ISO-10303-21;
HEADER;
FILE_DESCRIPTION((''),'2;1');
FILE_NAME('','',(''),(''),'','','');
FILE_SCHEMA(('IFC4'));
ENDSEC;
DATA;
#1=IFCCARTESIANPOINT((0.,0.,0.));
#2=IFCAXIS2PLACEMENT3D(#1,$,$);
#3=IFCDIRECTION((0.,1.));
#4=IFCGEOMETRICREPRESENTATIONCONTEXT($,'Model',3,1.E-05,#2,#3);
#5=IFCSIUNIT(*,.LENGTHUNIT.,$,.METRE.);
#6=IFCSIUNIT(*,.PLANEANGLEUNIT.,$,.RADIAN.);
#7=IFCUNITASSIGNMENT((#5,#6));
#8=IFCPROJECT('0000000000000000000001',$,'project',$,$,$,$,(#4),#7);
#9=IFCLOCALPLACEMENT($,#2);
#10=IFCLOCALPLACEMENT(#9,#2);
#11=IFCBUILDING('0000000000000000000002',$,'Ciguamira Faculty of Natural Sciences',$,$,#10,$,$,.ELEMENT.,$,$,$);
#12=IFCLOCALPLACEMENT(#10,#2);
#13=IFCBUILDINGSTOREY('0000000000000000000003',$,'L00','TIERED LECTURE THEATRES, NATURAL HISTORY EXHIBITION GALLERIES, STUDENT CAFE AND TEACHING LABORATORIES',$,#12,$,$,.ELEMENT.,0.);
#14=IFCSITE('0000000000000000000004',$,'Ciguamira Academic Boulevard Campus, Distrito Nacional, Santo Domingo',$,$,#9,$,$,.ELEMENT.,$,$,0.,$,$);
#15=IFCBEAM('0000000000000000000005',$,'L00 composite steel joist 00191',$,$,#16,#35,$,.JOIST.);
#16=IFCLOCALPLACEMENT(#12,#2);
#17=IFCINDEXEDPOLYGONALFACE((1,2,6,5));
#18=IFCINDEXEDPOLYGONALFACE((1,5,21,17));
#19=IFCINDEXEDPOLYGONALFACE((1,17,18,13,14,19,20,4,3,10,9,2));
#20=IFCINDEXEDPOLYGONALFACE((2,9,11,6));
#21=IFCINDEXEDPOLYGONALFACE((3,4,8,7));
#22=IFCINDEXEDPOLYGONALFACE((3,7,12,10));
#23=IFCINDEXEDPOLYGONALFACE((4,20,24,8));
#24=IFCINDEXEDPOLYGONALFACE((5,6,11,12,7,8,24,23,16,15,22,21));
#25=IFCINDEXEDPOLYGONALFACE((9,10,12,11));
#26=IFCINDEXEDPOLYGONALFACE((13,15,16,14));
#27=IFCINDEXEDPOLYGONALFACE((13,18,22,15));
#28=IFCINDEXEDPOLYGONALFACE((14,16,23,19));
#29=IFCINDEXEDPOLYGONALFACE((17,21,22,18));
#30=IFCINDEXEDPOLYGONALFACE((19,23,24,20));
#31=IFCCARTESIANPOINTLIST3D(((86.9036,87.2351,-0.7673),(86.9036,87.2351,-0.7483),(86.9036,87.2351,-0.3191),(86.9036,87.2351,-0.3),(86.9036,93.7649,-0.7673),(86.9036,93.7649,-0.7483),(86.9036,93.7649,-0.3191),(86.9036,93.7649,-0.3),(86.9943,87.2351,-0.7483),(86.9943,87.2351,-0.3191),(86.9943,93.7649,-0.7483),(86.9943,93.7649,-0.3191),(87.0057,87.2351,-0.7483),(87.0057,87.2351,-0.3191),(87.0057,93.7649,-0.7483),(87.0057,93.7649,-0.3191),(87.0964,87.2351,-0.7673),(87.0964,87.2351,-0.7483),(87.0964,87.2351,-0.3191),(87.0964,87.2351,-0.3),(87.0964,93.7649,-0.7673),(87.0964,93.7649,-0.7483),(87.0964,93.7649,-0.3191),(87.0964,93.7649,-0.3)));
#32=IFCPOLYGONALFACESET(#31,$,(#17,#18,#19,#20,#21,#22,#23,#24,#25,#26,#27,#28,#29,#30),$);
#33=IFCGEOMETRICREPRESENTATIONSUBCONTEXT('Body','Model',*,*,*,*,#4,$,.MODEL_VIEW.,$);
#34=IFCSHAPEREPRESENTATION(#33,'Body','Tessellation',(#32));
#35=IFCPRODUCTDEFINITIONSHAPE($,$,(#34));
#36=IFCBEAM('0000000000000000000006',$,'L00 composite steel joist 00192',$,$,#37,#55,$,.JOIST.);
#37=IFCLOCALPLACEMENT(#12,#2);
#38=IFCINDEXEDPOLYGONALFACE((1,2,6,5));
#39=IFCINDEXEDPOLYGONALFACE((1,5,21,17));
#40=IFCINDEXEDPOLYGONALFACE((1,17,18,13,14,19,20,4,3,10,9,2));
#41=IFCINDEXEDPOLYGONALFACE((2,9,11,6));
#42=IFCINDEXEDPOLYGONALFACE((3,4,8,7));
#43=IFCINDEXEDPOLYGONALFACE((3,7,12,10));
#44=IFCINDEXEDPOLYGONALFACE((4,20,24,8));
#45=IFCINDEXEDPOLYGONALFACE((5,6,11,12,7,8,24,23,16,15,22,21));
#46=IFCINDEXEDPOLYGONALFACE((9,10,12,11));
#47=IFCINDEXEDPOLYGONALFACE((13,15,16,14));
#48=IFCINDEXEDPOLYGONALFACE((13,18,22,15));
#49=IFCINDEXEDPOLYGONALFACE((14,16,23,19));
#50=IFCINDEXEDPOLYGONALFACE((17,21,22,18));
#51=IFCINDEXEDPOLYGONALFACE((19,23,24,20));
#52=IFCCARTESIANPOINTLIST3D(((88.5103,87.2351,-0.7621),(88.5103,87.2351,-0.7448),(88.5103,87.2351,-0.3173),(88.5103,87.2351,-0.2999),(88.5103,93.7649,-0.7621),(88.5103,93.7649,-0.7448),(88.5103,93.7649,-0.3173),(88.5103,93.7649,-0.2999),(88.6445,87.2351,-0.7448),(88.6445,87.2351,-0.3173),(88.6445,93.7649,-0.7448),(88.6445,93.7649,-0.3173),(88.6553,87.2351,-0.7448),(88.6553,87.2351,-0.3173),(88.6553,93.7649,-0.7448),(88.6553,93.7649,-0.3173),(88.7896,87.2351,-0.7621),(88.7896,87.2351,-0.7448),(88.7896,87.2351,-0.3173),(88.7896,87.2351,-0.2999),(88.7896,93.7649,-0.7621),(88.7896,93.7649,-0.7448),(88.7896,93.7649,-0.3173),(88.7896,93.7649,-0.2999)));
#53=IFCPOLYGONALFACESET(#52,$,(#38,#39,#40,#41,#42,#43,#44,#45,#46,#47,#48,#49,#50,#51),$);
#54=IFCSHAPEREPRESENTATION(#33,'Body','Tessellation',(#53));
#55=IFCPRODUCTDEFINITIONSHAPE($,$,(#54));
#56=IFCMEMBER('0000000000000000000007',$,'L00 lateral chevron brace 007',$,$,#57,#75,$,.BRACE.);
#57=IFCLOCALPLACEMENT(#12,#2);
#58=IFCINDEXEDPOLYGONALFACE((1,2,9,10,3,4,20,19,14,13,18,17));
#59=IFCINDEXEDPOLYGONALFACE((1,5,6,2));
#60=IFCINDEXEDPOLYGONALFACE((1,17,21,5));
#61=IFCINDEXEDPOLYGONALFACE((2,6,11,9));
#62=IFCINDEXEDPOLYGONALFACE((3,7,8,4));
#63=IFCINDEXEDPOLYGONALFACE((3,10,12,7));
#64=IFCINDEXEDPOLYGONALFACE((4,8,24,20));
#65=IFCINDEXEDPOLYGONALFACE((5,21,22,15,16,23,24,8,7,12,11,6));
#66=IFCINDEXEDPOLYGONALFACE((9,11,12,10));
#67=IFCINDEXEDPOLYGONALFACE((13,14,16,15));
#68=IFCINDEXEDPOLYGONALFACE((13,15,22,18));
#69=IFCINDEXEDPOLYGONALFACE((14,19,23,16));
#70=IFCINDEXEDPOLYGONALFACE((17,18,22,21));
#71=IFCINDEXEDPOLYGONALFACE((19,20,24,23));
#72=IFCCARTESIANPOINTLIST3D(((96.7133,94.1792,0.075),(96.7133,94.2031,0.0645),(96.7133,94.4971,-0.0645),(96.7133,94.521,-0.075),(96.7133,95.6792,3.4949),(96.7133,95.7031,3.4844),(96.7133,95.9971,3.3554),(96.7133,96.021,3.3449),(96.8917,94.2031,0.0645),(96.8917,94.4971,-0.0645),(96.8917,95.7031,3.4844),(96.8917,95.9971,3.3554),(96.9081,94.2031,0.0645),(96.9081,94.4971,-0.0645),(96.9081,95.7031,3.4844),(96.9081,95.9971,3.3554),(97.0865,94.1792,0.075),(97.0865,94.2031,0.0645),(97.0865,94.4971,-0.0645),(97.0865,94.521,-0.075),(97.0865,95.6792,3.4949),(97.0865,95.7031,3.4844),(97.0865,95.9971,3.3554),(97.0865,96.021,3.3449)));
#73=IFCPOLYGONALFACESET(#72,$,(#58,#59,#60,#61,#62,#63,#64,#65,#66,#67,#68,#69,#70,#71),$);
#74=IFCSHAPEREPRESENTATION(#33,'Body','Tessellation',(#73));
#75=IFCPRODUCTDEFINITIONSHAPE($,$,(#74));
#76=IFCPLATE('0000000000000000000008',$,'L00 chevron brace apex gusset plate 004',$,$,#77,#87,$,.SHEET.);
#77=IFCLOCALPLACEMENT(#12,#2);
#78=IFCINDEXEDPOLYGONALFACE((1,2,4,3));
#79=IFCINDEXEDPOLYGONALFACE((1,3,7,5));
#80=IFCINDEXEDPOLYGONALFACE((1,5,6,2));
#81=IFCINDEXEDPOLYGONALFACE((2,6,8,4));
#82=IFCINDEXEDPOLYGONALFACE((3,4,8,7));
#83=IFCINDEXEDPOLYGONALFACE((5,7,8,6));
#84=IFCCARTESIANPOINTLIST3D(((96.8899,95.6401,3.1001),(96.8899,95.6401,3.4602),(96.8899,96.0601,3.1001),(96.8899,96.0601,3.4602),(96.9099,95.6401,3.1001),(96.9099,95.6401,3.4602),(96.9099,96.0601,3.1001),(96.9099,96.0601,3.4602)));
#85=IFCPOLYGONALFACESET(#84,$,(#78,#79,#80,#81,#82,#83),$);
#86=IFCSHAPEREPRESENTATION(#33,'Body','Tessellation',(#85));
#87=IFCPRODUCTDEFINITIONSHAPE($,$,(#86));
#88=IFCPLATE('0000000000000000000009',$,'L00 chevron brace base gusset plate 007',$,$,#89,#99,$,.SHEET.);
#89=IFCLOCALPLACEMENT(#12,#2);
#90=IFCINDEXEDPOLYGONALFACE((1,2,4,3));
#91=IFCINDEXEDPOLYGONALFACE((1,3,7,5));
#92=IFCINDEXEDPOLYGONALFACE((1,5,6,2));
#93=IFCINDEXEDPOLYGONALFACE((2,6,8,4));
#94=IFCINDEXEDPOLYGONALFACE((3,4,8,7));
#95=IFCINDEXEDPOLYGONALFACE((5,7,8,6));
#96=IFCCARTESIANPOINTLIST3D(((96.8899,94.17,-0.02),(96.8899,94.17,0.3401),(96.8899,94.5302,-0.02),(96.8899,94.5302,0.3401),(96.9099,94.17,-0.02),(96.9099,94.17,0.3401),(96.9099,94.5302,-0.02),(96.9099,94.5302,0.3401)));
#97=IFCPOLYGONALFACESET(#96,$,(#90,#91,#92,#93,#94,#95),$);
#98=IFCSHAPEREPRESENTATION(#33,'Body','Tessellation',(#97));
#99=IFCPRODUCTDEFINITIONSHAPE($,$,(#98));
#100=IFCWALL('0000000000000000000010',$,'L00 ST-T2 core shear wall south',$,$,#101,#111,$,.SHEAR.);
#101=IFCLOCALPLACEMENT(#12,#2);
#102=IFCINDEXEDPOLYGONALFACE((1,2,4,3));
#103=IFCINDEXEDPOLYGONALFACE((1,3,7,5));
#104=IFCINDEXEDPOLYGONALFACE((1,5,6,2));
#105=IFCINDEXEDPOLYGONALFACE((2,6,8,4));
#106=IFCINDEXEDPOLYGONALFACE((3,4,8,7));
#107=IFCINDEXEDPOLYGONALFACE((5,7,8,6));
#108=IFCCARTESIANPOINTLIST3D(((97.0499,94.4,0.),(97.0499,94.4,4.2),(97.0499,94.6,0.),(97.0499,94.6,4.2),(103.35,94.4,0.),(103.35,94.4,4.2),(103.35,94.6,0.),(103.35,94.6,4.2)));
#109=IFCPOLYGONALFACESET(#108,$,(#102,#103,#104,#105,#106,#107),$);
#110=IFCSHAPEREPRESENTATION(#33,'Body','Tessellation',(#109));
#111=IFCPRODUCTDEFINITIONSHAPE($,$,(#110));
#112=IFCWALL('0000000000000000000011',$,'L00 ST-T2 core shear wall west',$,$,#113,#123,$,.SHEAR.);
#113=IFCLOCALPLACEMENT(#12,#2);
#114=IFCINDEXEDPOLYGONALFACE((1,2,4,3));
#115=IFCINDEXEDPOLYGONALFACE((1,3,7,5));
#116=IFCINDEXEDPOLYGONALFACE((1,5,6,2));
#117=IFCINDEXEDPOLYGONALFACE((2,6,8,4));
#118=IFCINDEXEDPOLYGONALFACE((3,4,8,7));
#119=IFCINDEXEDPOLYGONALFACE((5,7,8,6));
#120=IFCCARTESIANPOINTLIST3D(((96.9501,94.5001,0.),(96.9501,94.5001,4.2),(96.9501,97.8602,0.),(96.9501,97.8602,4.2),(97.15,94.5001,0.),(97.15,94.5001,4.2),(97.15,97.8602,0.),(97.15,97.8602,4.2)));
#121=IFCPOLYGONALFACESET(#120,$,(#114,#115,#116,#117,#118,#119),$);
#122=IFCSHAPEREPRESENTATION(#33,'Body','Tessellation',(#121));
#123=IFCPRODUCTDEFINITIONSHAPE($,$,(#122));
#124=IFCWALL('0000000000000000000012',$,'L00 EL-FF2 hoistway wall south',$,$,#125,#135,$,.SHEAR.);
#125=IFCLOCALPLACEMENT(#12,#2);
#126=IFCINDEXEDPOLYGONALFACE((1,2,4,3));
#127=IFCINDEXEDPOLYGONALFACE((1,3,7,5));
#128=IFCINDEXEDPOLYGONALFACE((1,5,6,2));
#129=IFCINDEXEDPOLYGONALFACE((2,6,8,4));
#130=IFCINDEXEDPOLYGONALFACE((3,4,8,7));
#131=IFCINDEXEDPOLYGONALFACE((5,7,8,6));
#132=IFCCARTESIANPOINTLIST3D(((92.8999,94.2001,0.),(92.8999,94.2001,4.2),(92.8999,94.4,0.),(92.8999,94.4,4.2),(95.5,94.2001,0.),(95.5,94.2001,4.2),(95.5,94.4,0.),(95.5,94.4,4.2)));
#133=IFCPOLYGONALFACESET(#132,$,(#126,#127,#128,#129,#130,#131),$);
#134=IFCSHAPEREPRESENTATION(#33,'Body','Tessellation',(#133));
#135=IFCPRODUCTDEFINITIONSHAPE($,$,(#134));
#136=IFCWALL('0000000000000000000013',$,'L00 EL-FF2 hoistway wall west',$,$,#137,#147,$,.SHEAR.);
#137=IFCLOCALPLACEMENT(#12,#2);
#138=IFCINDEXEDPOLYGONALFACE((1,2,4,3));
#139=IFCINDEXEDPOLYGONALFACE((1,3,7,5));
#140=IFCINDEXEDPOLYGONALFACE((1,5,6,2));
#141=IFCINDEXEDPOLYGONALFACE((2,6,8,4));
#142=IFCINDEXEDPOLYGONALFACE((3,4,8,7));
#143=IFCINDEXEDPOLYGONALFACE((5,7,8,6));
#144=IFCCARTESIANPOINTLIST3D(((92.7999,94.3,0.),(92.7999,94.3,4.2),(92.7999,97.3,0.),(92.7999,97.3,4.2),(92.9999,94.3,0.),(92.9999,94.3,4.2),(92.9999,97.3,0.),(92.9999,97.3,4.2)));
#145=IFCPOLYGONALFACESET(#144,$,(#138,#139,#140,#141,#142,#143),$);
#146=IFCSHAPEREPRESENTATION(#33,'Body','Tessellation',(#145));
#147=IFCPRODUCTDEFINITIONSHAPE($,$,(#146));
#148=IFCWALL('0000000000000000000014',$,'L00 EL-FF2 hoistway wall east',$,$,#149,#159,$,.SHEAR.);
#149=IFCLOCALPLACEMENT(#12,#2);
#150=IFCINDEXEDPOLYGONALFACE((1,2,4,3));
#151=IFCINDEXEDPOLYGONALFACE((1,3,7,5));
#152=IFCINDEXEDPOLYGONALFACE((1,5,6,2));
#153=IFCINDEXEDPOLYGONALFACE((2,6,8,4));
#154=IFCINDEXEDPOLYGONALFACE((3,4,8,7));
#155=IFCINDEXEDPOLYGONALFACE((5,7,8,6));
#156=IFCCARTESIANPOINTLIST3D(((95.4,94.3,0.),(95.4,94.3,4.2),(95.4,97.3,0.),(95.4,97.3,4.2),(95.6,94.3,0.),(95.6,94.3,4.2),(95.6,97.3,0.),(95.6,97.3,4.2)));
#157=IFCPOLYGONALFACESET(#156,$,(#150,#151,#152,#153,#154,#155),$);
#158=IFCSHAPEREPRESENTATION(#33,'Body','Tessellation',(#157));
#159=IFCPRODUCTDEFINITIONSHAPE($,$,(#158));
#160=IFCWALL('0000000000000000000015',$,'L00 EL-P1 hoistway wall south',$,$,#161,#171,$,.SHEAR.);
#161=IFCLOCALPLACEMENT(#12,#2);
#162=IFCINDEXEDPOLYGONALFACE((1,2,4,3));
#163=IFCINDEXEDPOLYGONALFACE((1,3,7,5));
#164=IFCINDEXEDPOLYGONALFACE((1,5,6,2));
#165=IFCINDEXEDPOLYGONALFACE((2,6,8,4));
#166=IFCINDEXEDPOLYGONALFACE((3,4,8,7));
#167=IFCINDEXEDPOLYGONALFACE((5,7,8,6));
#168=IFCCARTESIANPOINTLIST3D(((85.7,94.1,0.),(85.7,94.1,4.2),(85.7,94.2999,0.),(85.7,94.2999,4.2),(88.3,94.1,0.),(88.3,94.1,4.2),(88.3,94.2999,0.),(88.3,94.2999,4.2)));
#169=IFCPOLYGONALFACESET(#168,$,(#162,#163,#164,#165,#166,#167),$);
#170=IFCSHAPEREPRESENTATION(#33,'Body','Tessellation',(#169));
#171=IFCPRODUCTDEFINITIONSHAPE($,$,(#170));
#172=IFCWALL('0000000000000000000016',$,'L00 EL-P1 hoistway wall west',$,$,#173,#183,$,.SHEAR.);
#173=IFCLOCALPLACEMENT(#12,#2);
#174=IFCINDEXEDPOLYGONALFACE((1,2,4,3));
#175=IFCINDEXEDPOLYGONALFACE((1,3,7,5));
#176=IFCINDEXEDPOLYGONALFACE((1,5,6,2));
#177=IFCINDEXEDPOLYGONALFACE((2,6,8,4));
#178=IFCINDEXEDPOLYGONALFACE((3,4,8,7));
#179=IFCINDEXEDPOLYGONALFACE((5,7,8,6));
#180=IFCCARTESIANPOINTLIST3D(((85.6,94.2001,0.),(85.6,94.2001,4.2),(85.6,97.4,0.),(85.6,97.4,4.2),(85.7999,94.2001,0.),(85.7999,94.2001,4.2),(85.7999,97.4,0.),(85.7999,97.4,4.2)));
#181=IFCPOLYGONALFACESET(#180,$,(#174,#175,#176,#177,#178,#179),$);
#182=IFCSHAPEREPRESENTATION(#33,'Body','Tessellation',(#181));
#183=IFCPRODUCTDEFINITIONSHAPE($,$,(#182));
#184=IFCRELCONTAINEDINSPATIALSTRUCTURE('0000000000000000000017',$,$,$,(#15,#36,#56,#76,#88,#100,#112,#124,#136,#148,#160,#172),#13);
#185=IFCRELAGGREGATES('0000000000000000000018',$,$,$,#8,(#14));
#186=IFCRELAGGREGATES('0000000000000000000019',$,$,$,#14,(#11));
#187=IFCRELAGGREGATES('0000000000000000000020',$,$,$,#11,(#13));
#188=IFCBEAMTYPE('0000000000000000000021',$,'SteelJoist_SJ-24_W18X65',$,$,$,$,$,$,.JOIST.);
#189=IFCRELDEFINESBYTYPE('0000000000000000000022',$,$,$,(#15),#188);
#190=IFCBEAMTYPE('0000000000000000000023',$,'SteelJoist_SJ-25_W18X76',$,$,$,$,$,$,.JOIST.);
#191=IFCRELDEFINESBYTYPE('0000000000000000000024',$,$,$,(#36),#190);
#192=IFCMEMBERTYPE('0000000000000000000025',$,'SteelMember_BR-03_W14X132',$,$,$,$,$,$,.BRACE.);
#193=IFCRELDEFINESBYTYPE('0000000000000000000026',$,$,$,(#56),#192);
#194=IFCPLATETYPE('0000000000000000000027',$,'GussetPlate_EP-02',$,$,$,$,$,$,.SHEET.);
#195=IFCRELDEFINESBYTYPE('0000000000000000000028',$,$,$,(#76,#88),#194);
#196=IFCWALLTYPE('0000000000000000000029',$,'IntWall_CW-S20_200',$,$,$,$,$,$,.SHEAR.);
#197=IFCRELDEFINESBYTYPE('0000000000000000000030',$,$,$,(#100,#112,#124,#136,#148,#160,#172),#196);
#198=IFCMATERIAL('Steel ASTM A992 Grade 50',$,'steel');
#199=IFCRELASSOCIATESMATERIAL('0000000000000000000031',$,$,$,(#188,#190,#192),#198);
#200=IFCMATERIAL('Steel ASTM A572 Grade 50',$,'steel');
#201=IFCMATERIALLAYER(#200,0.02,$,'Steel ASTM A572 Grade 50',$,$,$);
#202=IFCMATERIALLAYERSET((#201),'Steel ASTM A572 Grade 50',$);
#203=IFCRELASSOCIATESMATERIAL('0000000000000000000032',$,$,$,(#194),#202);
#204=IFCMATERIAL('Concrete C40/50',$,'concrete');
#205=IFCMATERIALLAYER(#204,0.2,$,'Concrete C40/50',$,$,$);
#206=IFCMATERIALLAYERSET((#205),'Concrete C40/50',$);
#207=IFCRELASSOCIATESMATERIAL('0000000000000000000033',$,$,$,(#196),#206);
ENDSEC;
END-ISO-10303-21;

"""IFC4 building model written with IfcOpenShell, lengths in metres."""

from ifc_helpers import new_model, si_unit, direction, frame, frame_2d, origin, origin_2d, place, context, subcontext, project, spatial, rectangle, i_section, extrude, material, layer, layer_set, material_profile, profile_set, type_object, element, save


model = new_model("IFC4")

# Units and contexts
model_context = context("Model", 3, precision=1e-05, world=origin(), true_north=direction((0.0, 1.0)))
body_context = subcontext(model_context, "Body", "Model", "MODEL_VIEW")
ifc_project = project(units=[si_unit("LENGTHUNIT", "METRE"), si_unit("PLANEANGLEUNIT", "RADIAN")], contexts=[model_context])

# Site, building, storey
site_placement = place(None, origin())
site = spatial("IfcSite", under=ifc_project, at=site_placement, Name="Ciguamira Academic Boulevard Campus, Distrito Nacional, Santo Domingo", CompositionType="ELEMENT", RefElevation=0.0)
building_placement = place(site_placement, origin())
building = spatial("IfcBuilding", under=site, at=building_placement, Name="Ciguamira Faculty of Natural Sciences", CompositionType="ELEMENT")
storey_placement = place(building_placement, origin())
storey = spatial("IfcBuildingStorey", under=building, at=storey_placement, Name="L00", Description="TIERED LECTURE THEATRES, NATURAL HISTORY EXHIBITION GALLERIES, STUDENT CAFE AND TEACHING LABORATORIES", CompositionType="ELEMENT", Elevation=0.0)

# Shared definitions
ifc_material_1 = material(Name="Concrete C40/50", Category="concrete")

# Beams
ifc_material_2 = material(Name="Steel ASTM A992 Grade 50", Category="steel")
ifc_material_profile_1 = material_profile(ifc_material_2, i_section(OverallWidth=0.1929, OverallDepth=0.4673, WebThickness=0.0115, FlangeThickness=0.019, at=origin_2d()), Name="W18X65")
ifc_profile_set_1 = profile_set([ifc_material_profile_1], Name="Steel ASTM A992 Grade 50")
beam_type_1 = type_object("IfcBeamType", Name="SteelJoist_SJ-24_W18X65", PredefinedType="JOIST", material=ifc_profile_set_1)
beam_1_placement = place(storey_placement, frame((87.0, 87.2351, -0.5337), z_axis=(0.0, 1.0, 0.0), x_axis=(-1.0, 0.0, 0.0)))
element("IfcBeam", 1, at=beam_1_placement, inside=storey, type_object=beam_type_1, Name="L00 composite steel joist 00191", PredefinedType="JOIST", context=body_context, shape_type="SweptSolid", body=[
    extrude(i_section(OverallWidth=0.1929, OverallDepth=0.4673, WebThickness=0.0115, FlangeThickness=0.019, at=origin_2d()), origin(), (0.0, 0.0, 1.0), 6.5298),
])
ifc_material_profile_2 = material_profile(ifc_material_2, i_section(OverallWidth=0.2793, OverallDepth=0.4622, WebThickness=0.0107, FlangeThickness=0.0173, at=origin_2d()), Name="W18X76")
ifc_profile_set_2 = profile_set([ifc_material_profile_2], Name="Steel ASTM A992 Grade 50")
beam_type_2 = type_object("IfcBeamType", Name="SteelJoist_SJ-25_W18X76", PredefinedType="JOIST", material=ifc_profile_set_2)
beam_2_placement = place(storey_placement, frame((88.6499, 87.2351, -0.531), z_axis=(0.0, 1.0, 0.0), x_axis=(-1.0, 0.0, 0.0)))
element("IfcBeam", 2, at=beam_2_placement, inside=storey, type_object=beam_type_2, Name="L00 composite steel joist 00192", PredefinedType="JOIST", context=body_context, shape_type="SweptSolid", body=[
    extrude(i_section(OverallWidth=0.2793, OverallDepth=0.4622, WebThickness=0.0107, FlangeThickness=0.0173, at=origin_2d()), origin(), (0.0, 0.0, 1.0), 6.5298),
])

# Member
ifc_material_profile_3 = material_profile(ifc_material_2, i_section(OverallWidth=0.3733, OverallDepth=0.3733, WebThickness=0.0164, FlangeThickness=0.0261, at=origin_2d()), Name="W14X132")
ifc_profile_set_3 = profile_set([ifc_material_profile_3], Name="Steel ASTM A992 Grade 50")
member_type = type_object("IfcMemberType", Name="SteelMember_BR-03_W14X132", PredefinedType="BRACE", material=ifc_profile_set_3)
member_placement = place(storey_placement, frame((96.8999, 94.3501, 0.0), z_axis=(0.0, 0.401669, 0.915785), x_axis=(-1.0, 0.0, 0.0)))
element("IfcMember", 3, at=member_placement, inside=storey, type_object=member_type, Name="L00 lateral chevron brace 007", PredefinedType="BRACE", context=body_context, shape_type="SweptSolid", body=[
    extrude(i_section(OverallWidth=0.3733, OverallDepth=0.3733, WebThickness=0.0164, FlangeThickness=0.0261, at=origin_2d()), origin(), (0.0, 0.0, 1.0), 3.7344),
])

# Plates
ifc_material_3 = material(Name="Steel ASTM A572 Grade 50", Category="steel")
ifc_layer_1 = layer(ifc_material_3, 0.02, Name="Steel ASTM A572 Grade 50")
ifc_layer_set_1 = layer_set([ifc_layer_1], Name="Steel ASTM A572 Grade 50")
plate_type = type_object("IfcPlateType", Name="GussetPlate_EP-02", PredefinedType="SHEET", material=ifc_layer_set_1)
plate_1_placement = place(storey_placement, frame((96.8999, 95.8501, 3.1001), z_axis=(0.0, 0.0, 1.0), x_axis=(1.0, 0.0, 0.0)))
element("IfcPlate", 4, at=plate_1_placement, inside=storey, type_object=plate_type, Name="L00 chevron brace apex gusset plate 004", PredefinedType="SHEET", context=body_context, shape_type="SweptSolid", body=[
    extrude(rectangle(XDim=0.02, YDim=0.4199, at=origin_2d()), origin(), (0.0, 0.0, 1.0), 0.3601),
])
plate_2_placement = place(storey_placement, frame((96.8999, 94.3501, -0.02), z_axis=(0.0, 0.0, 1.0), x_axis=(1.0, 0.0, 0.0)))
element("IfcPlate", 5, at=plate_2_placement, inside=storey, type_object=plate_type, Name="L00 chevron brace base gusset plate 007", PredefinedType="SHEET", context=body_context, shape_type="SweptSolid", body=[
    extrude(rectangle(XDim=0.02, YDim=0.3601, at=origin_2d()), origin(), (0.0, 0.0, 1.0), 0.3601),
])

# Walls
ifc_layer_2 = layer(ifc_material_1, 0.2, Name="Concrete C40/50")
ifc_layer_set_2 = layer_set([ifc_layer_2], Name="Concrete C40/50")
wall_type_1 = type_object("IfcWallType", Name="IntWall_CW-S20_200", PredefinedType="SHEAR", material=ifc_layer_set_2)
wall_1_placement = place(storey_placement, frame((97.05, 94.5, 0.0), z_axis=(0.0, 0.0, 1.0), x_axis=(1.0, 0.0, 0.0)))
element("IfcWall", 6, at=wall_1_placement, inside=storey, type_object=wall_type_1, Name="L00 ST-T2 core shear wall south", PredefinedType="SHEAR", context=body_context, shape_type="SweptSolid", body=[
    extrude(rectangle(XDim=6.3, YDim=0.2, at=frame_2d((3.1499, 0.0))), origin(), (0.0, 0.0, 1.0), 4.2),
])
wall_2_placement = place(storey_placement, frame((97.05, 94.5, 0.0), z_axis=(0.0, 0.0, 1.0), x_axis=(0.0, 1.0, 0.0)))
element("IfcWall", 7, at=wall_2_placement, inside=storey, type_object=wall_type_1, Name="L00 ST-T2 core shear wall west", PredefinedType="SHEAR", context=body_context, shape_type="SweptSolid", body=[
    extrude(rectangle(XDim=3.3601, YDim=0.2, at=frame_2d((1.6802, 0.0))), origin(), (0.0, 0.0, 1.0), 4.2),
])
wall_3_placement = place(storey_placement, frame((92.8999, 94.3, 0.0), z_axis=(0.0, 0.0, 1.0), x_axis=(1.0, 0.0, 0.0)))
element("IfcWall", 8, at=wall_3_placement, inside=storey, type_object=wall_type_1, Name="L00 EL-FF2 hoistway wall south", PredefinedType="SHEAR", context=body_context, shape_type="SweptSolid", body=[
    extrude(rectangle(XDim=2.6001, YDim=0.2, at=frame_2d((1.3, 0.0))), origin(), (0.0, 0.0, 1.0), 4.2),
])
for number, where, z_axis, x_axis, name in (
    (9, (92.8999, 94.3, 0.0), (0.0, 0.0, 1.0), (0.0, 1.0, 0.0), "L00 EL-FF2 hoistway wall west"),
    (10, (95.5, 94.3, 0.0), (0.0, 0.0, 1.0), (0.0, 1.0, 0.0), "L00 EL-FF2 hoistway wall east"),
):
    element("IfcWall", number, at=place(storey_placement, frame(where, z_axis=z_axis, x_axis=x_axis)), inside=storey, type_object=wall_type_1, Name=name, PredefinedType="SHEAR", context=body_context, shape_type="SweptSolid", body=[
        extrude(rectangle(XDim=3.0, YDim=0.2, at=frame_2d((1.5, 0.0))), origin(), (0.0, 0.0, 1.0), 4.2),
    ])
wall_4_placement = place(storey_placement, frame((85.7, 94.2, 0.0), z_axis=(0.0, 0.0, 1.0), x_axis=(1.0, 0.0, 0.0)))
element("IfcWall", 11, at=wall_4_placement, inside=storey, type_object=wall_type_1, Name="L00 EL-P1 hoistway wall south", PredefinedType="SHEAR", context=body_context, shape_type="SweptSolid", body=[
    extrude(rectangle(XDim=2.6001, YDim=0.2, at=frame_2d((1.3, 0.0))), origin(), (0.0, 0.0, 1.0), 4.2),
])
for number, where, z_axis, x_axis, name in (
    (12, (85.7, 94.2, 0.0), (0.0, 0.0, 1.0), (0.0, 1.0, 0.0), "L00 EL-P1 hoistway wall west"),
):
    element("IfcWall", number, at=place(storey_placement, frame(where, z_axis=z_axis, x_axis=x_axis)), inside=storey, type_object=wall_type_1, Name=name, PredefinedType="SHEAR", context=body_context, shape_type="SweptSolid", body=[
        extrude(rectangle(XDim=3.2, YDim=0.2, at=frame_2d((1.6001, 0.0))), origin(), (0.0, 0.0, 1.0), 4.2),
    ])

save(model, "model.ifc")
